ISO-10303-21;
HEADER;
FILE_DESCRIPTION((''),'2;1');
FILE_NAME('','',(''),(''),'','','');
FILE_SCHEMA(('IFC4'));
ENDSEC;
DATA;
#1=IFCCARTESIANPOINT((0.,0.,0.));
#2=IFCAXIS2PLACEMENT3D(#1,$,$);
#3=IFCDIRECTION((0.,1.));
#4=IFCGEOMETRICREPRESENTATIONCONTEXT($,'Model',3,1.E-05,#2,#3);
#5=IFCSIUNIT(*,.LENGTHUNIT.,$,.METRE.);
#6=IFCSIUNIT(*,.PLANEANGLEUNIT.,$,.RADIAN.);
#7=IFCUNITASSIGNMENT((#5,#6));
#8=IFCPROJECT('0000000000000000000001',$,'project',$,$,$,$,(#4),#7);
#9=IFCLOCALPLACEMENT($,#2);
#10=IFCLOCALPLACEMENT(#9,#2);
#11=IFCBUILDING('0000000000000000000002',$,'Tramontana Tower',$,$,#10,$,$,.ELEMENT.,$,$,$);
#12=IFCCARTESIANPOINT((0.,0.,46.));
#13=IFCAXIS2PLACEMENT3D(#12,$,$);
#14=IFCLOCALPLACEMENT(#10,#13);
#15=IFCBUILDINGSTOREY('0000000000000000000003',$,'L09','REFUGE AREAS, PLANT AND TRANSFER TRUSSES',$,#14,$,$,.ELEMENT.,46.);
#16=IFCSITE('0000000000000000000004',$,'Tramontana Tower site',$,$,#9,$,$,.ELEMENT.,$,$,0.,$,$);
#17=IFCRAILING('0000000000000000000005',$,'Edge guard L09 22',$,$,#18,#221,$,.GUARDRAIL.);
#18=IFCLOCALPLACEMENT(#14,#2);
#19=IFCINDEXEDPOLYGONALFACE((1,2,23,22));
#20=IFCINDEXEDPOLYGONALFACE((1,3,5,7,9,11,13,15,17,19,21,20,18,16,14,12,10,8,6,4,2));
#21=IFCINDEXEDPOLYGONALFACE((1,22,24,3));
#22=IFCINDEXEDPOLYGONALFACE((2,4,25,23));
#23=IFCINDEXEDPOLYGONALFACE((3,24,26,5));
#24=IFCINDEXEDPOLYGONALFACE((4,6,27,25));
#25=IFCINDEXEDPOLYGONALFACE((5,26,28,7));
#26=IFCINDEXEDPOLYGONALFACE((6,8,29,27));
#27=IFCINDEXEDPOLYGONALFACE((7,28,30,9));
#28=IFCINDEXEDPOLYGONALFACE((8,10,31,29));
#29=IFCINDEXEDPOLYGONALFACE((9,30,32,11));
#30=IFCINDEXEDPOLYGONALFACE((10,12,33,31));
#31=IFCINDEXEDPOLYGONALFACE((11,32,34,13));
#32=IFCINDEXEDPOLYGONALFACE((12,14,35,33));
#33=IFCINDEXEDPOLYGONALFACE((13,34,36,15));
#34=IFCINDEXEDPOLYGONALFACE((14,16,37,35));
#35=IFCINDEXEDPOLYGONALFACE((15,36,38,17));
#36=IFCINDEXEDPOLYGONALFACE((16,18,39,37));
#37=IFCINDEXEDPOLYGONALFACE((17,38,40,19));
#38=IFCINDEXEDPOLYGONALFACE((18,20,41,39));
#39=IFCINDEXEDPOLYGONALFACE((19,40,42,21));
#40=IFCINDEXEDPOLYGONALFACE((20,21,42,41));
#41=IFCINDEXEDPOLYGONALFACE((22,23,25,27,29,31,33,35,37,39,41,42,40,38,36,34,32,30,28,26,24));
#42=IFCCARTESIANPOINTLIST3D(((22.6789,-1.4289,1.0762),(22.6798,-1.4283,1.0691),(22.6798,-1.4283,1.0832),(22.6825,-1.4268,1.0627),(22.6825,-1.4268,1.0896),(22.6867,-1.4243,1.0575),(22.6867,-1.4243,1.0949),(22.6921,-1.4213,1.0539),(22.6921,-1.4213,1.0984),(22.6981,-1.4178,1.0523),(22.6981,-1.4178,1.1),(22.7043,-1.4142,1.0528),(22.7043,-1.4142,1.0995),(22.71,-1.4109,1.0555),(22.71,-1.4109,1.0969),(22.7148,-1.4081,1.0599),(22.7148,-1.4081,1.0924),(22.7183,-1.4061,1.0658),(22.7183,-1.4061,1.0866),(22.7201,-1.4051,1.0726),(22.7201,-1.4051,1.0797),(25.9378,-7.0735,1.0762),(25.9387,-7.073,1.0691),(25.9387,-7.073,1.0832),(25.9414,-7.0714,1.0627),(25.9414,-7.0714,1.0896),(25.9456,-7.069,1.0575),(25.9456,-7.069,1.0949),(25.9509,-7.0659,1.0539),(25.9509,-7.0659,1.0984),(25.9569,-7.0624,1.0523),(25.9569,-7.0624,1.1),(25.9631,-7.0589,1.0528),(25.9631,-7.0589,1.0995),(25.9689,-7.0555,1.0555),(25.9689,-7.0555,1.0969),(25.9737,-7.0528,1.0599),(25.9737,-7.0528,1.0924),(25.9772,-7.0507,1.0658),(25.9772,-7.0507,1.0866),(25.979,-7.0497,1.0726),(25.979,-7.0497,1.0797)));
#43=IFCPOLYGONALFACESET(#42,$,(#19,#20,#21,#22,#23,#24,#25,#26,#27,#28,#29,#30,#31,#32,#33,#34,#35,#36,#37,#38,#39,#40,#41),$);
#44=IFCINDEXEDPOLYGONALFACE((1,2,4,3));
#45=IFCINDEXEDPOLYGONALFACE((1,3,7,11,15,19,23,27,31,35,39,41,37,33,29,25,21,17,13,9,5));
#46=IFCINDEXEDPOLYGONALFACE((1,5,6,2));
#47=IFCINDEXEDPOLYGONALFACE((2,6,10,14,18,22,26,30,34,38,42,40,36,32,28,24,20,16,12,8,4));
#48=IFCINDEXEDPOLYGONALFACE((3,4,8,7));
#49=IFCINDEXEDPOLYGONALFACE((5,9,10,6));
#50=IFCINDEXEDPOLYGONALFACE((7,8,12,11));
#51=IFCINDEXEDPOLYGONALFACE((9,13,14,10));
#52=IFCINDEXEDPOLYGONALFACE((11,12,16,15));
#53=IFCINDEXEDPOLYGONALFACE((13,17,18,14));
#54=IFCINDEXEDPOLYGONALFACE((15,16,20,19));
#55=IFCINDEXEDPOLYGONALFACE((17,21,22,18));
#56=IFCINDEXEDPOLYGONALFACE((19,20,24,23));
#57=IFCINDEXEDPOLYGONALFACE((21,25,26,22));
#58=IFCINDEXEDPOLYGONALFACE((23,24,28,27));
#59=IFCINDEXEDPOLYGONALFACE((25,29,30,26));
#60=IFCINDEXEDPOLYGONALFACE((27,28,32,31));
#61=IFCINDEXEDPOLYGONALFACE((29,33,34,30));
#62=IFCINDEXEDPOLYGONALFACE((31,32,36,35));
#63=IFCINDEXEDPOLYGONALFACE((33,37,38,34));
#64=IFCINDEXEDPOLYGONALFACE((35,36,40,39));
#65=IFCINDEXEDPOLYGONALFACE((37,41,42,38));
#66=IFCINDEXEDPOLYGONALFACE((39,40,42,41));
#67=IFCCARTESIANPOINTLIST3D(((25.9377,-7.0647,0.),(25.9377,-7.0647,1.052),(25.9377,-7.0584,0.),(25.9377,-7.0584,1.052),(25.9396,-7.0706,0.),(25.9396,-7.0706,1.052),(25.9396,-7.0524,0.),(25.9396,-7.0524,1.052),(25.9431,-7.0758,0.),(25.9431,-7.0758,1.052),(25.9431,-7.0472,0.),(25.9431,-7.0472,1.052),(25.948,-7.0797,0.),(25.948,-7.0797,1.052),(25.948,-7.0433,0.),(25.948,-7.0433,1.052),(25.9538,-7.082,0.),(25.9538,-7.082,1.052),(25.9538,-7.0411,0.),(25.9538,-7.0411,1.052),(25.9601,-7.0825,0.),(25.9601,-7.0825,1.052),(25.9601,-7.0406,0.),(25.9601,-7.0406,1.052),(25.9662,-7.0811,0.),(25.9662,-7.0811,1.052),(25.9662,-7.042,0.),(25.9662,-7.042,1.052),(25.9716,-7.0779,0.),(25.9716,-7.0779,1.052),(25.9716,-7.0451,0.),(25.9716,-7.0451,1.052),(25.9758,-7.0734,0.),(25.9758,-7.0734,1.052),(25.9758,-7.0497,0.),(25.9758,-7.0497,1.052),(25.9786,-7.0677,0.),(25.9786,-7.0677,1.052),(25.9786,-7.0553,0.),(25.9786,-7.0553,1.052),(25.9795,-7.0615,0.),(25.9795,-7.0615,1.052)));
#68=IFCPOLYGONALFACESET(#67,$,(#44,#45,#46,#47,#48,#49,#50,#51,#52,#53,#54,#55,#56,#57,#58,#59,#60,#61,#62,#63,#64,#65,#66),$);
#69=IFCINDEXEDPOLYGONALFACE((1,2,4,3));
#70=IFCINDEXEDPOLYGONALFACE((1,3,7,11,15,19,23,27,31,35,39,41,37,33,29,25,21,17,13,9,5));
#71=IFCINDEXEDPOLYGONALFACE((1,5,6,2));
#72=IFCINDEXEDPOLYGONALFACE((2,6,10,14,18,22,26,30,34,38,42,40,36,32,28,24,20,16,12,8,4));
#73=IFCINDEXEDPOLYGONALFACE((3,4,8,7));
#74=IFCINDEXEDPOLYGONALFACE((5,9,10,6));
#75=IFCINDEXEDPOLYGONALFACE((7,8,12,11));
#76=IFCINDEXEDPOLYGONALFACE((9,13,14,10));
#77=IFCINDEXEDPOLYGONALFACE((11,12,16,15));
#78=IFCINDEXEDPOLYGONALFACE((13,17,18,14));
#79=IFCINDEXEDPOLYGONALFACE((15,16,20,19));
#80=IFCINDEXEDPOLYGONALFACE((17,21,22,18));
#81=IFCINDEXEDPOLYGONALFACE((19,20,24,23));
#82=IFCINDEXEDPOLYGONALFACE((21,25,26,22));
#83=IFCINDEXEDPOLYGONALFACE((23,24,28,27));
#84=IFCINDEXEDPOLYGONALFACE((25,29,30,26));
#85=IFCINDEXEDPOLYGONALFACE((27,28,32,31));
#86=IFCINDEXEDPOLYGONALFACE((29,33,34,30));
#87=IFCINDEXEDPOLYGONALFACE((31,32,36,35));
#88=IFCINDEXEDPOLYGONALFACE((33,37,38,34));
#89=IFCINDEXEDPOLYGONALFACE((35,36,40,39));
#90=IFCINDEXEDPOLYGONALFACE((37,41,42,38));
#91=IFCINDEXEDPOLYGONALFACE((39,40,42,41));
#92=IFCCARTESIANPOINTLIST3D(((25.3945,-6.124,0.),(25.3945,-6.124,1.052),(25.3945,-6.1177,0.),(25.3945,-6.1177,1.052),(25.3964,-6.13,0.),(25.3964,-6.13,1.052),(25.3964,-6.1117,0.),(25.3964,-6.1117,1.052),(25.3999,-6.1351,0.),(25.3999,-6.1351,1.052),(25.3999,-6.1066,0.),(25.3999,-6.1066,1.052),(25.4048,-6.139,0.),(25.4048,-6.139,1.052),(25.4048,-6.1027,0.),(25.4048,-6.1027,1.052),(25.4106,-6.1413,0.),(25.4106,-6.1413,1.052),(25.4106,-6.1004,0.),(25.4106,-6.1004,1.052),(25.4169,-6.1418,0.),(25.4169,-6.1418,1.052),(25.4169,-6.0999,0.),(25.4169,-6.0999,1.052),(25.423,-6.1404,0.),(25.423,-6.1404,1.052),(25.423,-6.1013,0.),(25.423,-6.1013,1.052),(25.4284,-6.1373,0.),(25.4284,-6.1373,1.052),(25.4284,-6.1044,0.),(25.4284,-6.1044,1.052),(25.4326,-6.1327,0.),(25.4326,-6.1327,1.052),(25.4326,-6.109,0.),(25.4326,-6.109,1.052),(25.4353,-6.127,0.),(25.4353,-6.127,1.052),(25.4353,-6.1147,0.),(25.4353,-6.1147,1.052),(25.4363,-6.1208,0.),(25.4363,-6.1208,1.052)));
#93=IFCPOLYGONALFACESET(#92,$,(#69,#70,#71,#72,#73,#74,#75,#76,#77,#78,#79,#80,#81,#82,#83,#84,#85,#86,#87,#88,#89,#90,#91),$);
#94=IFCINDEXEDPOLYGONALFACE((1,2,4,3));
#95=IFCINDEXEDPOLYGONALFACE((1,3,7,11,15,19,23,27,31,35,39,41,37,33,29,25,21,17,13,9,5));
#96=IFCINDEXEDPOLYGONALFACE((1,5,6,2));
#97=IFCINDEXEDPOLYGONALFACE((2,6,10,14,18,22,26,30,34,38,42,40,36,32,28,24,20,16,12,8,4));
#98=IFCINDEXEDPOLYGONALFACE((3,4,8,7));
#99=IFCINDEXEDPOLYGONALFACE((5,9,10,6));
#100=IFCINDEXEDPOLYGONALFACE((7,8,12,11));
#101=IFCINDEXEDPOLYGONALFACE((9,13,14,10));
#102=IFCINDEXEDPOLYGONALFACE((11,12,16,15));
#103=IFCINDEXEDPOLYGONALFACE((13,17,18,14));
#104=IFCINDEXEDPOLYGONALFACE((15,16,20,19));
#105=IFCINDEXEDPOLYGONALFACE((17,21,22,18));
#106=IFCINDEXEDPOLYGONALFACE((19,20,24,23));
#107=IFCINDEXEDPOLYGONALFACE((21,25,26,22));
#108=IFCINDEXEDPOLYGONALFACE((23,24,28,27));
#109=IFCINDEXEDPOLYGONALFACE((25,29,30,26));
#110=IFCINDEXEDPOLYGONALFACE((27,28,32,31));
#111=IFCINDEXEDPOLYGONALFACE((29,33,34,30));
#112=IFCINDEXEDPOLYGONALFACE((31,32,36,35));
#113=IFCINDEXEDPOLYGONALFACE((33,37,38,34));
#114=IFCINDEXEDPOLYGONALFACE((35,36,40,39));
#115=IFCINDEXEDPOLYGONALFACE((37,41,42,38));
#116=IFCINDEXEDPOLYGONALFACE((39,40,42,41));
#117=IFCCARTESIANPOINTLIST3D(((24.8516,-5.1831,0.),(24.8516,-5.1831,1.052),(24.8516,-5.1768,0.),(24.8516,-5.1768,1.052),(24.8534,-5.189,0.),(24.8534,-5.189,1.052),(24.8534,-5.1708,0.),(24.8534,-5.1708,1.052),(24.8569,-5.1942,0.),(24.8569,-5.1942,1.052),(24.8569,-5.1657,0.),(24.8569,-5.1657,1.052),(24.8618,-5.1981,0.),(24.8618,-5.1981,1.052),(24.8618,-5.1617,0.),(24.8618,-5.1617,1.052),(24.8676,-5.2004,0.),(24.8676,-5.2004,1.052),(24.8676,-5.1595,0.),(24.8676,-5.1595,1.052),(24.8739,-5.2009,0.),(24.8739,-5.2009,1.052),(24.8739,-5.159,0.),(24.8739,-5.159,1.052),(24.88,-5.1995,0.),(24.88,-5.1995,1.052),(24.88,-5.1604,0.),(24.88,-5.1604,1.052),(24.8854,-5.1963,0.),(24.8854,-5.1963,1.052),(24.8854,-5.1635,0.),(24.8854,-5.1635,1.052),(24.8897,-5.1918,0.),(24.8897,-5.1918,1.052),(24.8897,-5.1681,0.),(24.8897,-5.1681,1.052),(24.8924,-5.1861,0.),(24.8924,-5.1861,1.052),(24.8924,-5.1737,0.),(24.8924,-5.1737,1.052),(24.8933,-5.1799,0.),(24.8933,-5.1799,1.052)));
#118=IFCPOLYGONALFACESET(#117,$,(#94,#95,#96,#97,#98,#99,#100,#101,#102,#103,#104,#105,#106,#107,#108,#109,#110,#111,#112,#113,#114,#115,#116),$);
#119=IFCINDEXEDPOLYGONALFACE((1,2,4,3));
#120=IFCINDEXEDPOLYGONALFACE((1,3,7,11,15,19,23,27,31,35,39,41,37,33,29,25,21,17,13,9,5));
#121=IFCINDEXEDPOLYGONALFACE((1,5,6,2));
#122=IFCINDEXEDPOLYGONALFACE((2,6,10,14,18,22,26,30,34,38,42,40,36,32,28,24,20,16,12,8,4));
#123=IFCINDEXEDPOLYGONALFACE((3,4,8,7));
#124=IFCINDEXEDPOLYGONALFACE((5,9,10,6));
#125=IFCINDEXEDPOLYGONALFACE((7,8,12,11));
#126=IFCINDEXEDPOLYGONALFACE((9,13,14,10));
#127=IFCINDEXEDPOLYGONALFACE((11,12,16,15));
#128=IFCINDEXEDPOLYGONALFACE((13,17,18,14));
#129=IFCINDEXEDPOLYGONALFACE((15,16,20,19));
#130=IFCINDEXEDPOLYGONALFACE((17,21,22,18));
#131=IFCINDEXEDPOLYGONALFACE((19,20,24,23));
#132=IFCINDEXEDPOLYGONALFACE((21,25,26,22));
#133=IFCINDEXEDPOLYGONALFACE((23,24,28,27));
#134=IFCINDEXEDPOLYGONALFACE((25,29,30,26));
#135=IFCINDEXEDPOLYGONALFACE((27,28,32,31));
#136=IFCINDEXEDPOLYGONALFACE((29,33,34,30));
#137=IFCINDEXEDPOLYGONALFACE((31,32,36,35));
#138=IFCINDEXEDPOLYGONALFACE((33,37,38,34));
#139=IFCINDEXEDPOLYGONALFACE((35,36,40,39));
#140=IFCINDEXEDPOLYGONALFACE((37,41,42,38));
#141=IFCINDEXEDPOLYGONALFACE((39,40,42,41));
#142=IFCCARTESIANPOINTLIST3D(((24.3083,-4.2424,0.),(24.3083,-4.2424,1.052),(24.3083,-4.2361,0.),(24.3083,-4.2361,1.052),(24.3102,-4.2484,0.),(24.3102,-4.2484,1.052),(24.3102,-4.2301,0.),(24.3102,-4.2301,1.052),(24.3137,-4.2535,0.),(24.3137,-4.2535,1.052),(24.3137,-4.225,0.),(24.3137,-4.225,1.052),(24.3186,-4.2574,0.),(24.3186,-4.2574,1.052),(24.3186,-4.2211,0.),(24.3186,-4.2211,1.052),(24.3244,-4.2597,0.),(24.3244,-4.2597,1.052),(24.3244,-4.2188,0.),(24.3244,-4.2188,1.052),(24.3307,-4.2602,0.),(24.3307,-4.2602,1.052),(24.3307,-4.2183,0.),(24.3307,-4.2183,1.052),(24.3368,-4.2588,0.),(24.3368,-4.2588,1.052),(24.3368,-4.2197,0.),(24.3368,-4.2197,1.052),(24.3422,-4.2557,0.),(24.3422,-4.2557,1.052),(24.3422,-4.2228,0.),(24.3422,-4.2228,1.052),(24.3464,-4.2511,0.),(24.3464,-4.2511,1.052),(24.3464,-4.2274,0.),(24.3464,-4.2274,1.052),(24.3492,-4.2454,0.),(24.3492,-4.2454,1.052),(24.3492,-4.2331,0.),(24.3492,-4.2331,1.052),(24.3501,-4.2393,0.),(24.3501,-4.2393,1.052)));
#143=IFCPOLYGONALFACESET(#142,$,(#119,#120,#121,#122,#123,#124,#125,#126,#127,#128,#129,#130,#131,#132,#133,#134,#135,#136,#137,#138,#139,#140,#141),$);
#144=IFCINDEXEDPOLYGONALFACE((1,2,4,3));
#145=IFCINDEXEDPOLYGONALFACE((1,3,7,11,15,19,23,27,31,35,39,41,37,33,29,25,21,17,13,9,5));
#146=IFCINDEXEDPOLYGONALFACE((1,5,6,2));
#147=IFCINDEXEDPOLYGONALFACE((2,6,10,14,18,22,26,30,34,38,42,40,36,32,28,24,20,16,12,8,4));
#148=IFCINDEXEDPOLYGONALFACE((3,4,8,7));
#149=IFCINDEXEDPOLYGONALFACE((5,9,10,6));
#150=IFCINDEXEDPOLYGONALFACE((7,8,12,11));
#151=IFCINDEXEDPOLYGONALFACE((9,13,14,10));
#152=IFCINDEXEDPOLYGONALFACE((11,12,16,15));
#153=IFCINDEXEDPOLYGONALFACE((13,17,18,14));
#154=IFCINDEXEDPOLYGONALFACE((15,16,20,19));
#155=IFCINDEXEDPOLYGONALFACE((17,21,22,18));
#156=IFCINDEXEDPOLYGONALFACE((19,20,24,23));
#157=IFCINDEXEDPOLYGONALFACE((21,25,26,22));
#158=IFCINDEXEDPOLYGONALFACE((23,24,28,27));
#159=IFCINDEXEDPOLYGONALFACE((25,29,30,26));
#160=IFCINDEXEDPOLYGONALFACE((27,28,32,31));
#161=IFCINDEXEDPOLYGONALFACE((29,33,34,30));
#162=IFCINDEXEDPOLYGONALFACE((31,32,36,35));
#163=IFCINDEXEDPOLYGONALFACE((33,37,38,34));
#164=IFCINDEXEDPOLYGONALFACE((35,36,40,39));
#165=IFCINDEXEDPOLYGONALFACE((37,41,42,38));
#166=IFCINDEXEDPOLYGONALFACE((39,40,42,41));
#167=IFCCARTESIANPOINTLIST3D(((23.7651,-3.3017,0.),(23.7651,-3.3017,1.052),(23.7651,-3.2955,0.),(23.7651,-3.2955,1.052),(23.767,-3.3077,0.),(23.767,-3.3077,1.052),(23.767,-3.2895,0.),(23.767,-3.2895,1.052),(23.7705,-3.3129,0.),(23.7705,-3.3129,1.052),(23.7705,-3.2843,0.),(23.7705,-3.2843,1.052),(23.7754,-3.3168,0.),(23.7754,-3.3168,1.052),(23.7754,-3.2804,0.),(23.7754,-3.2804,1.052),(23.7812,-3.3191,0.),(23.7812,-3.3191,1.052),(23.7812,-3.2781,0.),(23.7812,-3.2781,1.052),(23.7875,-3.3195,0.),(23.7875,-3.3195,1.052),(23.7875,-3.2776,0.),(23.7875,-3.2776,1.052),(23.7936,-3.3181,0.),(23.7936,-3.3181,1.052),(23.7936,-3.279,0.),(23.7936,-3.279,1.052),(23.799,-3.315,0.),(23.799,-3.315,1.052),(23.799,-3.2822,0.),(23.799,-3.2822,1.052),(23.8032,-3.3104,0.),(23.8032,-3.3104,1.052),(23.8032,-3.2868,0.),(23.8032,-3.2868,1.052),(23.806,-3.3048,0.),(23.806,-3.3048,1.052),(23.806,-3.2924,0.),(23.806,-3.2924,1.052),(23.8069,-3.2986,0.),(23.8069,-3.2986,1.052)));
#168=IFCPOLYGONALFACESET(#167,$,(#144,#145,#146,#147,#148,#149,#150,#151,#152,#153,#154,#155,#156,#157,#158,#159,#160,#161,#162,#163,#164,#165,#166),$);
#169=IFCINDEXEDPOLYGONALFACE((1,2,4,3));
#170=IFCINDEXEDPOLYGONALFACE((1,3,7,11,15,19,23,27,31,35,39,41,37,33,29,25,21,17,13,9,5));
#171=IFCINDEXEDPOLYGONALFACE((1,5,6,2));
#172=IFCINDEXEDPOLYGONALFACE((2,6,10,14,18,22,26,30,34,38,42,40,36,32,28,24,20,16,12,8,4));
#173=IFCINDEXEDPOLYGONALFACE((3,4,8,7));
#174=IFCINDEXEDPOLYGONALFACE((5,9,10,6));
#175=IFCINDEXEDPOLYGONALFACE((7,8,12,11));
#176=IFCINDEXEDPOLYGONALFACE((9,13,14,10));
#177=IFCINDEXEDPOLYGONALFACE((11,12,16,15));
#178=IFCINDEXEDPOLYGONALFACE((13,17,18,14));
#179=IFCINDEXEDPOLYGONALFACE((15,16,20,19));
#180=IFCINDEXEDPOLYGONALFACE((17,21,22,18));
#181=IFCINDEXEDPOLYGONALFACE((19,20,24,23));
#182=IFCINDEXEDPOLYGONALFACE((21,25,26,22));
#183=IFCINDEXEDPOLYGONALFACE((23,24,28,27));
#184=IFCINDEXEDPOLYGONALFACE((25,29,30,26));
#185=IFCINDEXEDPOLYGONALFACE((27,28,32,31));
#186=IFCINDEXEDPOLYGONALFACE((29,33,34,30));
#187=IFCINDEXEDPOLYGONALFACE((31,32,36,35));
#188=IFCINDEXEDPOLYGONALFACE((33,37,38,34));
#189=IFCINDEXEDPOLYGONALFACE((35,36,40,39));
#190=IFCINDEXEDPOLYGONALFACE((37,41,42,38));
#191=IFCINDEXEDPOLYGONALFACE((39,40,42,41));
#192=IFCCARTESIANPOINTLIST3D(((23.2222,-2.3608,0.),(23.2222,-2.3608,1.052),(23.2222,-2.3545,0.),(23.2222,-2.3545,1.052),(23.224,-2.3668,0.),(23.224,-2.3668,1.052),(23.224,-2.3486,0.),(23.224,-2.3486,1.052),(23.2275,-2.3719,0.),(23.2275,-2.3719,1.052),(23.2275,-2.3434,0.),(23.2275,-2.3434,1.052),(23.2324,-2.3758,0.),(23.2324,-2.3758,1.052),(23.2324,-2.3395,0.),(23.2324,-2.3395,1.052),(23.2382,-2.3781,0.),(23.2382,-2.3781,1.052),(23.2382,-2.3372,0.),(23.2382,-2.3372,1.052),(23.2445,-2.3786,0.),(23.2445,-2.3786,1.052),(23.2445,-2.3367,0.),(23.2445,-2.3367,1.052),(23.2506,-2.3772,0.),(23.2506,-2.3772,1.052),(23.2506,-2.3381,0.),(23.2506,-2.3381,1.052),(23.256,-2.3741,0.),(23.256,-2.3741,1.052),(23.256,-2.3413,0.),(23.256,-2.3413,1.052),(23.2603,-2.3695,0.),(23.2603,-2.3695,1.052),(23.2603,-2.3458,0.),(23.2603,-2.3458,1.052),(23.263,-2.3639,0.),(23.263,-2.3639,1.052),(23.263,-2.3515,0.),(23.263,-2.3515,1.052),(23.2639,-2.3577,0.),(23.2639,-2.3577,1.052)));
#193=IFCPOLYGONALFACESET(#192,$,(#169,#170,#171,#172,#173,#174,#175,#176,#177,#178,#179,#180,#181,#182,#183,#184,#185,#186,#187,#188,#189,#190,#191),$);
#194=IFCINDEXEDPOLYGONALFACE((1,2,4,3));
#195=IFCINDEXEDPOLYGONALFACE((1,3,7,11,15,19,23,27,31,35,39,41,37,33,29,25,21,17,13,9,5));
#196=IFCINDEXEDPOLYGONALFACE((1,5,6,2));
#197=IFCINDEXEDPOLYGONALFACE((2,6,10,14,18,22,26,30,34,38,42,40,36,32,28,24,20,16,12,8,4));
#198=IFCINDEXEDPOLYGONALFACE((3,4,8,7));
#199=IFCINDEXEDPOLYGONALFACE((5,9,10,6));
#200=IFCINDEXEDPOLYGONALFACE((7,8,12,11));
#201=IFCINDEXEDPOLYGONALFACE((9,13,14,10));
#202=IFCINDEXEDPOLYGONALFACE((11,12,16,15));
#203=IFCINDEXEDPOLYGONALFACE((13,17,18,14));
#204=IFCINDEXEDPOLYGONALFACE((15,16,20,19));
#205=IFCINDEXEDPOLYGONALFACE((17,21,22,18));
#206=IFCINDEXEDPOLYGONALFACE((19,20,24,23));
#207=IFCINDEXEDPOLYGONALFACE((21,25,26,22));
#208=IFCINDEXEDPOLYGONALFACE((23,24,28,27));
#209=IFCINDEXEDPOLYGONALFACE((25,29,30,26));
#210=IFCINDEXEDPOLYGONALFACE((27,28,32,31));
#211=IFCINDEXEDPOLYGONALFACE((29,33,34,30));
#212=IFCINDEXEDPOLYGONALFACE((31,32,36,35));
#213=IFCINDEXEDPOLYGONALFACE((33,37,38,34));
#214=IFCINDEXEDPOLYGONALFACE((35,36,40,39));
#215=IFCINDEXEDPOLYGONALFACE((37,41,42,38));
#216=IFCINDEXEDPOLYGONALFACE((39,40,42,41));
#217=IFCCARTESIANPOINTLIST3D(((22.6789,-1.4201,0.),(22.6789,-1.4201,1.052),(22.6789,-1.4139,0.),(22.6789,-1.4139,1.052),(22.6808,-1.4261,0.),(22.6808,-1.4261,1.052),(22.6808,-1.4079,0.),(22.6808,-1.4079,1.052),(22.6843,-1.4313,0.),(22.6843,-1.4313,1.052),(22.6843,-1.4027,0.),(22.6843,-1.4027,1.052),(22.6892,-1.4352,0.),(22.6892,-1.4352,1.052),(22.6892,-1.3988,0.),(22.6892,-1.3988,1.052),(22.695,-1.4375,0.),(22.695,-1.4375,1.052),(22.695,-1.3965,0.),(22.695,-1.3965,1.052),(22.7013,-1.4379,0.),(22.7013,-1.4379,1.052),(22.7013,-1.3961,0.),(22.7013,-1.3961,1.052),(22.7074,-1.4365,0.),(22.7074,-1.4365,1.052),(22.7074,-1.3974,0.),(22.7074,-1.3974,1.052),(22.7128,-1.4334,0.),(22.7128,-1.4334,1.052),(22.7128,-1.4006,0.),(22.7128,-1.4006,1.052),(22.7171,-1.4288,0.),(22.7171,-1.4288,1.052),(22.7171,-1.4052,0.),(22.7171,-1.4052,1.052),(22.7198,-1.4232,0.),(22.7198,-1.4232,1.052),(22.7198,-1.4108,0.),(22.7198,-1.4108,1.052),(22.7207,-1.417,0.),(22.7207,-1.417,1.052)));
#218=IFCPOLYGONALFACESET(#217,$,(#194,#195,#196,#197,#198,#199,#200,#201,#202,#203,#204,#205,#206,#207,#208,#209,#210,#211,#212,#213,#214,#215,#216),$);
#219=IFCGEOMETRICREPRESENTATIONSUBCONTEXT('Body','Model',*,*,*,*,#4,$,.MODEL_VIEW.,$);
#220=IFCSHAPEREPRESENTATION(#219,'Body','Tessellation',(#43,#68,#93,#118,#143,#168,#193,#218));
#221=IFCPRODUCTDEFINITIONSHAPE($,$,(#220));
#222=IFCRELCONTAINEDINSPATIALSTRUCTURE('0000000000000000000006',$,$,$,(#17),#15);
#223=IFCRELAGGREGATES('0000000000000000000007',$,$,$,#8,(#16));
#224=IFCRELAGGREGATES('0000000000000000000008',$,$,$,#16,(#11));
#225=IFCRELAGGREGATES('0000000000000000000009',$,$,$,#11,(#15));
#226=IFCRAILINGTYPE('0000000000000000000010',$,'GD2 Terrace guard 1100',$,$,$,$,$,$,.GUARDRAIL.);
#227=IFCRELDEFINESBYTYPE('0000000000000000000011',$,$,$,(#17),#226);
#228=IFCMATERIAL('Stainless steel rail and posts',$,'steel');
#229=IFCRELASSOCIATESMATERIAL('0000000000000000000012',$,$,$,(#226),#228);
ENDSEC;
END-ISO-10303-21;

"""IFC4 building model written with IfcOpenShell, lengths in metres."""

from ifc_helpers import new_model, si_unit, direction, frame, origin, origin_2d, place, context, subcontext, project, spatial, circle, extrude, material, type_object, element, save


model = new_model("IFC4")

# Units and contexts
model_context = context("Model", 3, precision=1e-05, world=origin(), true_north=direction((0.0, 1.0)))
body_context = subcontext(model_context, "Body", "Model", "MODEL_VIEW")
ifc_project = project(units=[si_unit("LENGTHUNIT", "METRE"), si_unit("PLANEANGLEUNIT", "RADIAN")], contexts=[model_context])

# Site, building, storey
site_placement = place(None, origin())
site = spatial("IfcSite", under=ifc_project, at=site_placement, Name="Tramontana Tower site", CompositionType="ELEMENT", RefElevation=0.0)
building_placement = place(site_placement, origin())
building = spatial("IfcBuilding", under=site, at=building_placement, Name="Tramontana Tower", CompositionType="ELEMENT")
storey_placement = place(building_placement, frame((0.0, 0.0, 46.0)))
storey = spatial("IfcBuildingStorey", under=building, at=storey_placement, Name="L09", Description="REFUGE AREAS, PLANT AND TRANSFER TRUSSES", CompositionType="ELEMENT", Elevation=46.0)

# Railing
ifc_material_1 = material(Name="Stainless steel rail and posts", Category="steel")
railing_type = type_object("IfcRailingType", Name="GD2 Terrace guard 1100", PredefinedType="GUARDRAIL", material=ifc_material_1)
railing_1_placement = place(storey_placement, frame((25.9585, -7.0615, 0.0)))
element("IfcRailing", 1, at=railing_1_placement, inside=storey, type_object=railing_type, Name="Edge guard L09 22", PredefinedType="GUARDRAIL", context=body_context, shape_type="SweptSolid", body=[
    extrude(circle(Radius=0.0239, at=origin_2d()), frame((0.0, 0.0, 1.0762), z_axis=(-0.49999, 0.866031, 0.0), x_axis=(-0.866031, -0.49999, 0.0)), (0.0, 0.0, 1.0), 6.5178),
    extrude(circle(Radius=0.021, at=origin_2d()), origin(), (0.0, 0.0, 1.0), 1.052),
    extrude(circle(Radius=0.021, at=origin_2d()), frame((-0.5432, 0.9407, 0.0)), (0.0, 0.0, 1.0), 1.052),
    extrude(circle(Radius=0.021, at=origin_2d()), frame((-1.0862, 1.8816, 0.0)), (0.0, 0.0, 1.0), 1.052),
    extrude(circle(Radius=0.021, at=origin_2d()), frame((-1.6294, 2.8223, 0.0)), (0.0, 0.0, 1.0), 1.052),
    extrude(circle(Radius=0.021, at=origin_2d()), frame((-2.1726, 3.7629, 0.0)), (0.0, 0.0, 1.0), 1.052),
    extrude(circle(Radius=0.021, at=origin_2d()), frame((-2.7156, 4.7039, 0.0)), (0.0, 0.0, 1.0), 1.052),
    extrude(circle(Radius=0.021, at=origin_2d()), frame((-3.2588, 5.6445, 0.0)), (0.0, 0.0, 1.0), 1.052),
])

save(model, "model.ifc")
